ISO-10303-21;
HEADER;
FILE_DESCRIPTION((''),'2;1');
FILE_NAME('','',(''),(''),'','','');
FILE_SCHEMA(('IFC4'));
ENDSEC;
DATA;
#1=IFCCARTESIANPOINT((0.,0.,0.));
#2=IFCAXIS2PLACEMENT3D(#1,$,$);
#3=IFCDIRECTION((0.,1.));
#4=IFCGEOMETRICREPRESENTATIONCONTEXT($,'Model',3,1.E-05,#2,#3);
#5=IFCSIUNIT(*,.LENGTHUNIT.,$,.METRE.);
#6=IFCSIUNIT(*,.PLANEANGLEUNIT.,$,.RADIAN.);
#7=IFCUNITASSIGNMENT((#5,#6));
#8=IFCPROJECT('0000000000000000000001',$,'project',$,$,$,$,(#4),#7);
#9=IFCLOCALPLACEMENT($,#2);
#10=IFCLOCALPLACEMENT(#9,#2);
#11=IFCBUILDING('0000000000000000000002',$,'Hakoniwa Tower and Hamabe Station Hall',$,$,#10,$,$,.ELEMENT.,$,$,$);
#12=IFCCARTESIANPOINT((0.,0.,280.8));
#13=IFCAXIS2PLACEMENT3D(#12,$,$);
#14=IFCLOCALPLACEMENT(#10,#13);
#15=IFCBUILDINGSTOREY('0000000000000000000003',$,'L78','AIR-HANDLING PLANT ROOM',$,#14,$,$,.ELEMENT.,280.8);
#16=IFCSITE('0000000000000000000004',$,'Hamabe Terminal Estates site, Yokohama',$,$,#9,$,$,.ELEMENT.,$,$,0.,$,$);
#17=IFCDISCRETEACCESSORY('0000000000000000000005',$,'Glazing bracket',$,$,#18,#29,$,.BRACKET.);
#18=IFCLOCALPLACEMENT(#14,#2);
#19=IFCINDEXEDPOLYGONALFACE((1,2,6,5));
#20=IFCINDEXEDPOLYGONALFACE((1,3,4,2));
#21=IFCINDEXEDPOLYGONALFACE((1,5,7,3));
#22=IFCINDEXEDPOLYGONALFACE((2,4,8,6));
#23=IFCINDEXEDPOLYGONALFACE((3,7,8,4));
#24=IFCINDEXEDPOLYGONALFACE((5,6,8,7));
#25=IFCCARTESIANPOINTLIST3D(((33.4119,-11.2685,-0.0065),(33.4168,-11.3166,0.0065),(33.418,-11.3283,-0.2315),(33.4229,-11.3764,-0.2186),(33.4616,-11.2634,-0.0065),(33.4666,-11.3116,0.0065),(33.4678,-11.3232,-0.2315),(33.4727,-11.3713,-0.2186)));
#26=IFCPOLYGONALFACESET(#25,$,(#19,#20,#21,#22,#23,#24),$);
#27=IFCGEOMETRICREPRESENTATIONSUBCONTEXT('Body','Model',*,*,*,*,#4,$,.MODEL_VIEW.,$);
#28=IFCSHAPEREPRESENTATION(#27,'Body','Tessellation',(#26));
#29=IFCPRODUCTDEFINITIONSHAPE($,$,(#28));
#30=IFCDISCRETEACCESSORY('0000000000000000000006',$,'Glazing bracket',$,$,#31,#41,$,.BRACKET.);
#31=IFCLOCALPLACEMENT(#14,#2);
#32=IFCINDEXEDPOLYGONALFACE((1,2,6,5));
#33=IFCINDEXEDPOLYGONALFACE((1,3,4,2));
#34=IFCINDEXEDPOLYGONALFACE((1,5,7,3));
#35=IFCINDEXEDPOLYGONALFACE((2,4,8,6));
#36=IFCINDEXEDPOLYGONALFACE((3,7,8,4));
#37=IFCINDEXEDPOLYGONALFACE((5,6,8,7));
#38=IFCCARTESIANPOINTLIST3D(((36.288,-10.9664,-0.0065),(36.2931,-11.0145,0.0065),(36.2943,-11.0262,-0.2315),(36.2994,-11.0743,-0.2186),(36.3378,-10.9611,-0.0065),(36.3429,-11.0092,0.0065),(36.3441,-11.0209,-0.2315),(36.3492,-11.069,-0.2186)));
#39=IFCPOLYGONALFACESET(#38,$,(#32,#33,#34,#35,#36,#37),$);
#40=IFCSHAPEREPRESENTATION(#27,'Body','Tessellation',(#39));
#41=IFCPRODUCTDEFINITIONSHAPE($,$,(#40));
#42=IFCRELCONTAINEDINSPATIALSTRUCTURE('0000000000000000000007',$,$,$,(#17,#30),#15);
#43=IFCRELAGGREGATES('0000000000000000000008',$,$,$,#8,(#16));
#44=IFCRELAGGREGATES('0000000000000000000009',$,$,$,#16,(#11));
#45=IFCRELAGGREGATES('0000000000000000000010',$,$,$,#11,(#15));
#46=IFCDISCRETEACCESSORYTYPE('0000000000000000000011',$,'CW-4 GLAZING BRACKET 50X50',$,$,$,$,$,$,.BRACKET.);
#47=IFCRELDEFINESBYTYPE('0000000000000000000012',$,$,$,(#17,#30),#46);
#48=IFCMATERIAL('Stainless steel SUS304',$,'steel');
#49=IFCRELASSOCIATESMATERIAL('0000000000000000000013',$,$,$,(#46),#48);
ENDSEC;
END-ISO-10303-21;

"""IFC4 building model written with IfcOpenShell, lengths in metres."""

from ifc_helpers import new_model, si_unit, direction, frame, origin, origin_2d, place, context, subcontext, project, spatial, rectangle, extrude, material, material_profile, profile_set, type_object, element, save


model = new_model("IFC4")

# Units and contexts
model_context = context("Model", 3, precision=1e-05, world=origin(), true_north=direction((0.0, 1.0)))
body_context = subcontext(model_context, "Body", "Model", "MODEL_VIEW")
ifc_project = project(units=[si_unit("LENGTHUNIT", "METRE"), si_unit("PLANEANGLEUNIT", "RADIAN")], contexts=[model_context])

# Site, building, storey
site_placement = place(None, origin())
site = spatial("IfcSite", under=ifc_project, at=site_placement, Name="Hamabe Terminal Estates site, Yokohama", CompositionType="ELEMENT", RefElevation=0.0)
building_placement = place(site_placement, origin())
building = spatial("IfcBuilding", under=site, at=building_placement, Name="Hakoniwa Tower and Hamabe Station Hall", CompositionType="ELEMENT")
storey_placement = place(building_placement, frame((0.0, 0.0, 280.8)))
storey = spatial("IfcBuildingStorey", under=building, at=storey_placement, Name="L78", Description="AIR-HANDLING PLANT ROOM", CompositionType="ELEMENT", Elevation=280.8)

# Discrete accessories
ifc_material_1 = material(Name="Stainless steel SUS304", Category="steel")
ifc_material_profile_1 = material_profile(ifc_material_1, rectangle(XDim=0.05, YDim=0.05, at=origin_2d()), Name="CW-4 GLAZING BRACKET 50X50")
ifc_profile_set_1 = profile_set([ifc_material_profile_1], Name="Stainless steel SUS304")
discrete_accessory_type = type_object("IfcDiscreteAccessoryType", Name="CW-4 GLAZING BRACKET 50X50", PredefinedType="BRACKET", material=ifc_profile_set_1)
for number, where, z_axis, x_axis, name in (
    (1, (33.4392, -11.29, 0.0), (0.026197, -0.256726, -0.966129), (0.994834, 0.101514, 0.0), "Glazing bracket"),
    (2, (36.3154, -10.9878, 0.0), (0.027244, -0.256719, -0.966102), (0.994416, 0.10553, 0.0), "Glazing bracket"),
):
    element("IfcDiscreteAccessory", number, at=place(storey_placement, frame(where, z_axis=z_axis, x_axis=x_axis)), inside=storey, type_object=discrete_accessory_type, Name=name, PredefinedType="BRACKET", context=body_context, shape_type="SweptSolid", body=[
        extrude(rectangle(XDim=0.05, YDim=0.05, at=origin_2d()), origin(), (0.0, 0.0, 1.0), 0.2329),
    ])

save(model, "model.ifc")
